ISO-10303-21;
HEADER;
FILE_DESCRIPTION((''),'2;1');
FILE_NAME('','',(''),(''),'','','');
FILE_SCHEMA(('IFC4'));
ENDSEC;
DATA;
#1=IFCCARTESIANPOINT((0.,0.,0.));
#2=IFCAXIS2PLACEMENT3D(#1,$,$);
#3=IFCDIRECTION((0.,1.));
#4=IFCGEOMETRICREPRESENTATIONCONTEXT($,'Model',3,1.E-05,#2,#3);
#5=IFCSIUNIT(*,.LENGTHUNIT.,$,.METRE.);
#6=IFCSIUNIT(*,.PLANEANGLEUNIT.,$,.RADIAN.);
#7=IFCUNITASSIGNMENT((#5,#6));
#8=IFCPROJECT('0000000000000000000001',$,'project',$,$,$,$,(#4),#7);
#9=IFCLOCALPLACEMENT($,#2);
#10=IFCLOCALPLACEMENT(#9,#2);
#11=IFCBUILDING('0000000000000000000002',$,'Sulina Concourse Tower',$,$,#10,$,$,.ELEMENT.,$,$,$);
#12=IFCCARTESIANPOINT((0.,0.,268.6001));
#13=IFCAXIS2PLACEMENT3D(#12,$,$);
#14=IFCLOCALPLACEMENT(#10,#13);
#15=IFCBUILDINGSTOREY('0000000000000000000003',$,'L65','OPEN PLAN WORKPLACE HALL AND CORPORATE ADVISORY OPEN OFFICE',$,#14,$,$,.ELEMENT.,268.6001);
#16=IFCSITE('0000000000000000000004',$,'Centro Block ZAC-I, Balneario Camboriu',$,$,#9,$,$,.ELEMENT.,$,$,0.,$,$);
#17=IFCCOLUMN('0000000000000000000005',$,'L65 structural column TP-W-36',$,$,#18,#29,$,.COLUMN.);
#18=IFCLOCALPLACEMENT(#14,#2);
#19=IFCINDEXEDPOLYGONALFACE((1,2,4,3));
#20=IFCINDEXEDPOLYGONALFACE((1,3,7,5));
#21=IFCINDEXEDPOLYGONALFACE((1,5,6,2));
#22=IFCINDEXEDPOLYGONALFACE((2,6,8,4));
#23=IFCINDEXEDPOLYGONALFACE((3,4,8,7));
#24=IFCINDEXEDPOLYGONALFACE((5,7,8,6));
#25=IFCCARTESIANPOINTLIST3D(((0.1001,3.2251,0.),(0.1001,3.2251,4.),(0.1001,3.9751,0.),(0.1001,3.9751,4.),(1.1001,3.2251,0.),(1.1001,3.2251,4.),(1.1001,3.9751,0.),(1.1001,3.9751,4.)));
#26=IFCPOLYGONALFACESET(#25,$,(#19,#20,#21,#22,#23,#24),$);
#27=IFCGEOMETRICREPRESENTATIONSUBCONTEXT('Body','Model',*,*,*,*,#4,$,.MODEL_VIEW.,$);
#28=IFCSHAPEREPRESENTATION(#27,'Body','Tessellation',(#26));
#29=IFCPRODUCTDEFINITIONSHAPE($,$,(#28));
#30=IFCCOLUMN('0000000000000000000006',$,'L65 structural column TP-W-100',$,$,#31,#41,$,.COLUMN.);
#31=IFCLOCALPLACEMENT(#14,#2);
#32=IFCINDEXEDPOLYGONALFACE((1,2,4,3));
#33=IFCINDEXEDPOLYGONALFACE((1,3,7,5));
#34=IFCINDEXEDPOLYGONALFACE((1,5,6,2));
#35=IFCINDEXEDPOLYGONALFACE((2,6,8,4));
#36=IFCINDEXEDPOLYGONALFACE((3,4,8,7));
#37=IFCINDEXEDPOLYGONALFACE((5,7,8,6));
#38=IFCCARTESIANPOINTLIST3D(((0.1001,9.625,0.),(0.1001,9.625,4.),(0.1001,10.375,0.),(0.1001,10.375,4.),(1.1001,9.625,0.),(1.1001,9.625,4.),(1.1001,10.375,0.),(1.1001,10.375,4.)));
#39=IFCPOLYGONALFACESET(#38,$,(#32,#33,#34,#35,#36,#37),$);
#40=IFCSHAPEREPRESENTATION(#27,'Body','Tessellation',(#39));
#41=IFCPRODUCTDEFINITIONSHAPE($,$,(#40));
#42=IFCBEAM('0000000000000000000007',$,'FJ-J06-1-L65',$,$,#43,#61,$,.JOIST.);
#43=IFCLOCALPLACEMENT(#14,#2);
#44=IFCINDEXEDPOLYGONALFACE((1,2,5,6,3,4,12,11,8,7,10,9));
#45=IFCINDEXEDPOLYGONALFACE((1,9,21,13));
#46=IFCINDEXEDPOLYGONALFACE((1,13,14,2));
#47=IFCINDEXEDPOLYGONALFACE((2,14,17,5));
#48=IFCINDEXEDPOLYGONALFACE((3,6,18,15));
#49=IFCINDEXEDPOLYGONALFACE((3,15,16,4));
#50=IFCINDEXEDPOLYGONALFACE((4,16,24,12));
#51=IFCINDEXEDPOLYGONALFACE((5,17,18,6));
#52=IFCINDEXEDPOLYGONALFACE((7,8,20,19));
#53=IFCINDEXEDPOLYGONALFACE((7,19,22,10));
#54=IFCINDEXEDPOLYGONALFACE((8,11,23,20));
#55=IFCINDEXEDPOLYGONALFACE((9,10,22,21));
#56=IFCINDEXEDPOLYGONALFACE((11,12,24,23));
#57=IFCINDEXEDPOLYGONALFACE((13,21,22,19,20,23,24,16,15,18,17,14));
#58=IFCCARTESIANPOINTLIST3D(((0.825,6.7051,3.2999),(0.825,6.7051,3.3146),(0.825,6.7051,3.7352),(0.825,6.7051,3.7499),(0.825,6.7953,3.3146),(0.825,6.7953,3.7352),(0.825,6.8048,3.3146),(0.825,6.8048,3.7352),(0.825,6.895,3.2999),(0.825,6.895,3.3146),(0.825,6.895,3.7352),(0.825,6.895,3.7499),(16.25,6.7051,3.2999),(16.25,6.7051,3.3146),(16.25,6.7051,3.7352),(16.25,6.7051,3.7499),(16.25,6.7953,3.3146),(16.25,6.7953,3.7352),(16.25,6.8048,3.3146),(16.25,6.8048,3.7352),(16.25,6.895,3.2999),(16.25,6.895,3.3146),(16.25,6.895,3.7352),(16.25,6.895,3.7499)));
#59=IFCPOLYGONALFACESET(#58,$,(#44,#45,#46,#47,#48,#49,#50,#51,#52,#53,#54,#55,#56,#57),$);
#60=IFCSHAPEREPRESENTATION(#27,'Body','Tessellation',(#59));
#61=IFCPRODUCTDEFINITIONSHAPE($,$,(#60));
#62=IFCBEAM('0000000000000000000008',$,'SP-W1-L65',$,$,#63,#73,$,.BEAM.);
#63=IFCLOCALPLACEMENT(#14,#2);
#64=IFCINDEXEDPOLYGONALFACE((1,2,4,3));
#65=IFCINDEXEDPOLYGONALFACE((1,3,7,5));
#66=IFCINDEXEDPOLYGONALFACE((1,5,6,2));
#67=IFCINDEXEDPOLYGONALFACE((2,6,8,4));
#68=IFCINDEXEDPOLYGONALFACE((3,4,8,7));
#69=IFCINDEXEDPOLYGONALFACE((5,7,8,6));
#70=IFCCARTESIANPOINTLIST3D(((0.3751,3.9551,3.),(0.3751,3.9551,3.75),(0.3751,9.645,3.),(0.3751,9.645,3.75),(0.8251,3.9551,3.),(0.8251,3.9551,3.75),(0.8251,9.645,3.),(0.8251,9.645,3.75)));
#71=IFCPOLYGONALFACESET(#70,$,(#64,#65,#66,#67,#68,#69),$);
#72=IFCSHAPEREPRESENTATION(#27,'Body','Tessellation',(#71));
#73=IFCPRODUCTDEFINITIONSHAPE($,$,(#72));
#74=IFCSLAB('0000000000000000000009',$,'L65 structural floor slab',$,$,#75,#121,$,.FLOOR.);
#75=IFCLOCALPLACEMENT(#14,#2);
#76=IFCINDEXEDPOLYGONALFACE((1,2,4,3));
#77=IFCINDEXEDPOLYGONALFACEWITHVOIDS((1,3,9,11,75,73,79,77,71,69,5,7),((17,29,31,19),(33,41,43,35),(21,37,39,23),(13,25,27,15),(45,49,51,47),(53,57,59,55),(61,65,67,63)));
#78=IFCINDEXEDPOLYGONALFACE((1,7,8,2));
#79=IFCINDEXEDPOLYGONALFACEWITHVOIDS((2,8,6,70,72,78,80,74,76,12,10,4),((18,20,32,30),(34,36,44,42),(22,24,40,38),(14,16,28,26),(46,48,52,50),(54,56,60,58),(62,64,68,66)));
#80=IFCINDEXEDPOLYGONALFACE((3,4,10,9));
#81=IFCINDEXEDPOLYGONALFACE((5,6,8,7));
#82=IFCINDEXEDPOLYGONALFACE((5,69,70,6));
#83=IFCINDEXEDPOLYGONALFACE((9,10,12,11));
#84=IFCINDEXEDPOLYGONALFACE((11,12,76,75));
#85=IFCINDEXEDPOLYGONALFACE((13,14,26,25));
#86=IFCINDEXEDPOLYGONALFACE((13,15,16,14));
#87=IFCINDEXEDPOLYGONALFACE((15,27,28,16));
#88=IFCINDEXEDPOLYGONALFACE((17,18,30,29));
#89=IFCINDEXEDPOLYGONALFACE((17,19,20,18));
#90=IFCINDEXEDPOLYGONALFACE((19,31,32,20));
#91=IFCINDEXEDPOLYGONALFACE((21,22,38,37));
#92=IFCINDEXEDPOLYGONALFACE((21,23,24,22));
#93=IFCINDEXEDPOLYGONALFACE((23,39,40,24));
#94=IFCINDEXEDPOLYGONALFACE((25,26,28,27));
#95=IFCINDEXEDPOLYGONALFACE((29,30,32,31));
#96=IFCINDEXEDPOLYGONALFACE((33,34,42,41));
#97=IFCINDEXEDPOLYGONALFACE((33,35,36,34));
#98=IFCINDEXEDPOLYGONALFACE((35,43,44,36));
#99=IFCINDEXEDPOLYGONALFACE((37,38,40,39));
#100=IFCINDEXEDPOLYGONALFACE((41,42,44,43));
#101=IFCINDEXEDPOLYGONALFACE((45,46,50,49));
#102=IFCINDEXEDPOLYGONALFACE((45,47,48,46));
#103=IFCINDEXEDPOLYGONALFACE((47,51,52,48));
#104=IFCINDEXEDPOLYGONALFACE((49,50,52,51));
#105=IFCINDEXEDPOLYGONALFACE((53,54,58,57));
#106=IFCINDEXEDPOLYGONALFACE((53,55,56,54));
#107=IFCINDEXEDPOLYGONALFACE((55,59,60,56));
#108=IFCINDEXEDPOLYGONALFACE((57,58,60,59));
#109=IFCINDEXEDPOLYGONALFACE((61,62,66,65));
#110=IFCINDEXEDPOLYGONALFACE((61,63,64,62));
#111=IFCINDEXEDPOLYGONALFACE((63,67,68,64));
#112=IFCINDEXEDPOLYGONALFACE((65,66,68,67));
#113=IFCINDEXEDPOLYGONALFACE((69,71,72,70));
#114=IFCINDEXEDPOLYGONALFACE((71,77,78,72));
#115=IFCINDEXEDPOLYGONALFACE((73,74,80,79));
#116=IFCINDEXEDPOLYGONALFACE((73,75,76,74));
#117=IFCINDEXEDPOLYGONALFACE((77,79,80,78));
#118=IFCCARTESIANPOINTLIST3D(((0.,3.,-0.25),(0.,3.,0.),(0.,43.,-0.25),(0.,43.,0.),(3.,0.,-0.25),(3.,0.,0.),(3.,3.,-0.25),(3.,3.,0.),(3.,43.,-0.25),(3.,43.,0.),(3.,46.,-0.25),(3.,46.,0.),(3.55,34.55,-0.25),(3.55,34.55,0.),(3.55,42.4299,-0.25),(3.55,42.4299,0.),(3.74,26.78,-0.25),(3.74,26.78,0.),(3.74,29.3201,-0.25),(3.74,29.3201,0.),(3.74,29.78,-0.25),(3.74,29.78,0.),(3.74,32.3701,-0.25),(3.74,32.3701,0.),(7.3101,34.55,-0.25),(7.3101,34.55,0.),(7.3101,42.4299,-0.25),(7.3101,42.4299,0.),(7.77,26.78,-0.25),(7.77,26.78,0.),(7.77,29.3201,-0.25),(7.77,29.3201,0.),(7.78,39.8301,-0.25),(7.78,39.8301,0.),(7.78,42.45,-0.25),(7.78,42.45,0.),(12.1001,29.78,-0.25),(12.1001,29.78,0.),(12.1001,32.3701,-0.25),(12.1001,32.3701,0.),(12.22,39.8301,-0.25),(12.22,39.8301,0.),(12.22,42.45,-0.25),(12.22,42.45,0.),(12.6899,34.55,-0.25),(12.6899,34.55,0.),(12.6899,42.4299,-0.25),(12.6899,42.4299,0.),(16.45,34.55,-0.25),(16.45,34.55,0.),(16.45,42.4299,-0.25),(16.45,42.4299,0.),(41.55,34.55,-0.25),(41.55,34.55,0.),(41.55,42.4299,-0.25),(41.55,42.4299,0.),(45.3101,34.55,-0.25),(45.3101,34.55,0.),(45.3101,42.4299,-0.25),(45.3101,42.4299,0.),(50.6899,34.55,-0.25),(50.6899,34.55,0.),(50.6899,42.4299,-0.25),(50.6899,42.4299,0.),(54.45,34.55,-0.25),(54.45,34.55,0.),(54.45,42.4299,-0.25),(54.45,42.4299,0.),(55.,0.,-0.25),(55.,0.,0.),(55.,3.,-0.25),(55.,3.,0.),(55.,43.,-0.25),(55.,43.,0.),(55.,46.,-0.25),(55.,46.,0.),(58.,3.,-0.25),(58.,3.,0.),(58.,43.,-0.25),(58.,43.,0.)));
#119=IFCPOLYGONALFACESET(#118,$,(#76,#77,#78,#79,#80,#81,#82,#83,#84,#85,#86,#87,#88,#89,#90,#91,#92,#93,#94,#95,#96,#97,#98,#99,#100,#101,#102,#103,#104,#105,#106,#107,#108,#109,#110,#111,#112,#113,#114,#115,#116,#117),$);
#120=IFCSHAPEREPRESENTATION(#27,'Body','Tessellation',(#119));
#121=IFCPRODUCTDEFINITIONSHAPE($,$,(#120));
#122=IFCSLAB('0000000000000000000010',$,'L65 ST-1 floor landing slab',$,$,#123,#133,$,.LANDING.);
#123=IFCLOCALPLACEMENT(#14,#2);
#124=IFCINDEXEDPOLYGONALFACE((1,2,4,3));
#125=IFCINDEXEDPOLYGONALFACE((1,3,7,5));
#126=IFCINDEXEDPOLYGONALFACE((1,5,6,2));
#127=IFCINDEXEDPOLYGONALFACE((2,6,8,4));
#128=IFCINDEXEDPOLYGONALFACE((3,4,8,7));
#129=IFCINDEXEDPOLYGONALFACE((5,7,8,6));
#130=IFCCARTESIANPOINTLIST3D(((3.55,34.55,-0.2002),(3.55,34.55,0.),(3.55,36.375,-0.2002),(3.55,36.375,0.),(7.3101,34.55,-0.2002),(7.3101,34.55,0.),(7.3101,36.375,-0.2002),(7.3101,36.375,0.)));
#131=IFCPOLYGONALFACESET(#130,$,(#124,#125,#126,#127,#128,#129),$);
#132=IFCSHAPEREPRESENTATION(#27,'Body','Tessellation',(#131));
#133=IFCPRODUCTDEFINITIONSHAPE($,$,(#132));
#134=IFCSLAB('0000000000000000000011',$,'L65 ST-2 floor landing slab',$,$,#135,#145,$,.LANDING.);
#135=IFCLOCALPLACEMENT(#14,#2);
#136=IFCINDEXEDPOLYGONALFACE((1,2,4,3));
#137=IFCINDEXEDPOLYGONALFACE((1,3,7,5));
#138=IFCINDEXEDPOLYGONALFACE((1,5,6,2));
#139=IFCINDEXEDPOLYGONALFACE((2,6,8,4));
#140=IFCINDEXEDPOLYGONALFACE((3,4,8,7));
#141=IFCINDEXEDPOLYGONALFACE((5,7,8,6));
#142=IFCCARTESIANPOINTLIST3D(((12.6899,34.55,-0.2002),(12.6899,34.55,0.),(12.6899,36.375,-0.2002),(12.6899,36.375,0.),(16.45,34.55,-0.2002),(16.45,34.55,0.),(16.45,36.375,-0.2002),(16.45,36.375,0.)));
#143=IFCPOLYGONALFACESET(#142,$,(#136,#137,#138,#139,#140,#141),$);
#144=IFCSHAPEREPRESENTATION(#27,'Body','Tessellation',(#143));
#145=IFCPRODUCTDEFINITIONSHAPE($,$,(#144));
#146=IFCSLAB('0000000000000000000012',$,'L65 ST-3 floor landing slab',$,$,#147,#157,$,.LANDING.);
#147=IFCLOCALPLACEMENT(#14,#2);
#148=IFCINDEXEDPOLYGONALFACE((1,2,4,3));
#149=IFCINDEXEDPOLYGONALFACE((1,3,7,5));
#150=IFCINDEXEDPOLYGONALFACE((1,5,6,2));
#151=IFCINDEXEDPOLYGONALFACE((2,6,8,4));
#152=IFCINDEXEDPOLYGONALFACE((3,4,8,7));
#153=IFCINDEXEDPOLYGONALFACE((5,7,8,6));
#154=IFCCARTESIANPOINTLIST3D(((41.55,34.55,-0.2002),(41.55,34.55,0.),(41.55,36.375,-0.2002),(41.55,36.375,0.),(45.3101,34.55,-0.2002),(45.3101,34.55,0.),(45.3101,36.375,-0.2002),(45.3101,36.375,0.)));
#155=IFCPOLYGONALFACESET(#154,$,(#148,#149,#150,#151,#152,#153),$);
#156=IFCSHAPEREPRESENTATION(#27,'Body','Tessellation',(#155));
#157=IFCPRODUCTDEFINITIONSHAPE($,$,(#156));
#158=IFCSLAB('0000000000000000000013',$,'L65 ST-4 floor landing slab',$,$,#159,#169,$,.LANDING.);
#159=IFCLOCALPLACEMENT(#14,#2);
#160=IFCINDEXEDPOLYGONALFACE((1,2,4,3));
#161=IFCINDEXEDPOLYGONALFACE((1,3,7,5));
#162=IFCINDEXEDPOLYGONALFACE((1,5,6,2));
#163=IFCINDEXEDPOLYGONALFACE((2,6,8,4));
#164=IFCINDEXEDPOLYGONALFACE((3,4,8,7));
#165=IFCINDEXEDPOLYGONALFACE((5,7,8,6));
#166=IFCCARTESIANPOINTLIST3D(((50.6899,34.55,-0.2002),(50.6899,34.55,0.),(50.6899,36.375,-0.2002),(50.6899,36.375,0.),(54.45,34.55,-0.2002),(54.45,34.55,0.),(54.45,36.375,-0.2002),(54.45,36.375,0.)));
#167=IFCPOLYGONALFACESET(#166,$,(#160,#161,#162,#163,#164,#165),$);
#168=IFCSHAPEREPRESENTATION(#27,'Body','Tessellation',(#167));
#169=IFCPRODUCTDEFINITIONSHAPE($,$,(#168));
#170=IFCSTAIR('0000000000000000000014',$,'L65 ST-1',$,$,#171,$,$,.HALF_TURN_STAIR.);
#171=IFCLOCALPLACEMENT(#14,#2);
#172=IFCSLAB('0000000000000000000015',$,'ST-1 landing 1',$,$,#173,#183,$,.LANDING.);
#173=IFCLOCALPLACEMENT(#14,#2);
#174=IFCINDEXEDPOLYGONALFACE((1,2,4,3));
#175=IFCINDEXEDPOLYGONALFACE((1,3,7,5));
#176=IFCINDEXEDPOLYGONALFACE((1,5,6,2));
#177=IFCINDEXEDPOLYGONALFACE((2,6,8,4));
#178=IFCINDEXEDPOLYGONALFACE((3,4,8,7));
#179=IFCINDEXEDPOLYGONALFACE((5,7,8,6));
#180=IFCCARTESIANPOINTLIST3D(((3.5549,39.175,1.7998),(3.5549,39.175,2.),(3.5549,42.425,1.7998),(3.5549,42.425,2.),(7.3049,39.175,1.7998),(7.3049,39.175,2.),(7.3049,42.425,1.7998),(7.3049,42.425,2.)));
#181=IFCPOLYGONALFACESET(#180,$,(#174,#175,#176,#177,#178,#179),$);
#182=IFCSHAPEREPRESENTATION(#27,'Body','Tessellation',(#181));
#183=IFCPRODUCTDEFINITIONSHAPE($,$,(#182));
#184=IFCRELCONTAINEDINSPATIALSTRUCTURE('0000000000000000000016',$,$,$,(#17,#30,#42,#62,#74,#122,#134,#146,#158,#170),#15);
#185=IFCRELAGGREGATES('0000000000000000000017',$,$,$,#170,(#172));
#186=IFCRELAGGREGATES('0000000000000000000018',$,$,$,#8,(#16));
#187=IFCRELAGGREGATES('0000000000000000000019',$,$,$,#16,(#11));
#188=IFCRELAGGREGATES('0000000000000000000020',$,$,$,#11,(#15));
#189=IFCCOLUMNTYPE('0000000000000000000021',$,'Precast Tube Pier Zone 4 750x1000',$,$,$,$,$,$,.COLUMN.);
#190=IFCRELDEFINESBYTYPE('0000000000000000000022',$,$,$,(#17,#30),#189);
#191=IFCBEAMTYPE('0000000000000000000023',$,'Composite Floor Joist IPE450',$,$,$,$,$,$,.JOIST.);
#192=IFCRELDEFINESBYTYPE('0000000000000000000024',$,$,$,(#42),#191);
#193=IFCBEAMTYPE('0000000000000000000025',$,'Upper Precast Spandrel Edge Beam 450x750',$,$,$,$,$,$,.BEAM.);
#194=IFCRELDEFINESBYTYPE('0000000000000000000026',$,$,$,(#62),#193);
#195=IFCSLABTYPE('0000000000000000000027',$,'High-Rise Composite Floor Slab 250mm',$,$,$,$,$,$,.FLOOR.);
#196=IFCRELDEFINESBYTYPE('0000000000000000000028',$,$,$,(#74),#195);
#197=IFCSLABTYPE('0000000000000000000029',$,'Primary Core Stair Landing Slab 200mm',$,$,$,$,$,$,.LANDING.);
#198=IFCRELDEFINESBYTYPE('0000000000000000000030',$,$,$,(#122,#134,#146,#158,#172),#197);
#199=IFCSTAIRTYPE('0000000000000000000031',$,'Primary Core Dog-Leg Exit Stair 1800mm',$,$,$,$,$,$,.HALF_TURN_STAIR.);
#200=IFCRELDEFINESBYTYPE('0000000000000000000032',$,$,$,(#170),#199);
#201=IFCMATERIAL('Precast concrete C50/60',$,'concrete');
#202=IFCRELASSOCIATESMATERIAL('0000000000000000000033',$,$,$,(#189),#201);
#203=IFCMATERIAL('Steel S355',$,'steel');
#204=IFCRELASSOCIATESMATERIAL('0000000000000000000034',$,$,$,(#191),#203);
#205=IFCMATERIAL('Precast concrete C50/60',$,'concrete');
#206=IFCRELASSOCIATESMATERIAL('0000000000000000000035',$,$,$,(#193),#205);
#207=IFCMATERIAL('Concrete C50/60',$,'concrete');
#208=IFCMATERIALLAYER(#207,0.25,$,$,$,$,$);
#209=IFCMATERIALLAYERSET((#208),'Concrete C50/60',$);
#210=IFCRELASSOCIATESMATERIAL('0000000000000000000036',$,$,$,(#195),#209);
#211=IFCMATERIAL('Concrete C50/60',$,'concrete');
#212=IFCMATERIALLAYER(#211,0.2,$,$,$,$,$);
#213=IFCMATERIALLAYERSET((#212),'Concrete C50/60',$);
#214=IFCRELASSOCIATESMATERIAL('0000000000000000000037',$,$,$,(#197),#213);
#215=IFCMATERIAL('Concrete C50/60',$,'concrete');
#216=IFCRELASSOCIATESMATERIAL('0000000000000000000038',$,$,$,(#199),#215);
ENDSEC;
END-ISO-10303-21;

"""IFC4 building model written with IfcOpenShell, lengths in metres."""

from ifc_helpers import new_model, si_unit, direction, frame, origin, origin_2d, place, context, subcontext, project, spatial, polyline, rectangle, i_section, outline, extrude, material, layer, layer_set, material_profile, profile_set, type_object, element, aggregate, save


model = new_model("IFC4")

# Units and contexts
model_context = context("Model", 3, precision=1e-05, world=origin(), true_north=direction((0.0, 1.0)))
body_context = subcontext(model_context, "Body", "Model", "MODEL_VIEW")
ifc_project = project(units=[si_unit("LENGTHUNIT", "METRE"), si_unit("PLANEANGLEUNIT", "RADIAN")], contexts=[model_context])

# Site, building, storey
site_placement = place(None, origin())
site = spatial("IfcSite", under=ifc_project, at=site_placement, Name="Centro Block ZAC-I, Balneario Camboriu", CompositionType="ELEMENT", RefElevation=0.0)
building_placement = place(site_placement, origin())
building = spatial("IfcBuilding", under=site, at=building_placement, Name="Sulina Concourse Tower", CompositionType="ELEMENT")
storey_placement = place(building_placement, frame((0.0, 0.0, 268.6001)))
storey = spatial("IfcBuildingStorey", under=building, at=storey_placement, Name="L65", Description="OPEN PLAN WORKPLACE HALL AND CORPORATE ADVISORY OPEN OFFICE", CompositionType="ELEMENT", Elevation=268.6001)

# Columns
ifc_material_1 = material(Name="Precast concrete C50/60", Category="concrete")
ifc_material_profile_1 = material_profile(ifc_material_1, rectangle(XDim=0.75, YDim=1.0, at=origin_2d()), Name="PC 750x1000")
ifc_profile_set_1 = profile_set([ifc_material_profile_1], Name="Precast concrete C50/60")
column_type = type_object("IfcColumnType", Name="Precast Tube Pier Zone 4 750x1000", PredefinedType="COLUMN", material=ifc_profile_set_1)
for number, where, z_axis, x_axis, name in (
    (1, (0.6001, 3.6001, 0.0), (0.0, 0.0, 1.0), (0.0, 1.0, 0.0), "L65 structural column TP-W-36"),
    (2, (0.6001, 10.0, 0.0), (0.0, 0.0, 1.0), (0.0, 1.0, 0.0), "L65 structural column TP-W-100"),
):
    element("IfcColumn", number, at=place(storey_placement, frame(where, z_axis=z_axis, x_axis=x_axis)), inside=storey, type_object=column_type, Name=name, PredefinedType="COLUMN", context=body_context, shape_type="SweptSolid", body=[
        extrude(rectangle(XDim=0.75, YDim=1.0, at=origin_2d()), origin(), (0.0, 0.0, 1.0), 4.0),
    ])

# Beams
ifc_material_2 = material(Name="Steel S355", Category="steel")
ifc_material_profile_2 = material_profile(ifc_material_2, i_section(OverallWidth=0.1899, OverallDepth=0.45, WebThickness=0.0095, FlangeThickness=0.0146, at=origin_2d()), Name="IPE 450")
ifc_profile_set_2 = profile_set([ifc_material_profile_2], Name="Steel S355")
beam_type_1 = type_object("IfcBeamType", Name="Composite Floor Joist IPE450", PredefinedType="JOIST", material=ifc_profile_set_2)
beam_1_placement = place(storey_placement, frame((0.825, 6.8, 3.5249), z_axis=(1.0, 0.0, 0.0), x_axis=(0.0, 1.0, 0.0)))
element("IfcBeam", 3, at=beam_1_placement, inside=storey, type_object=beam_type_1, Name="FJ-J06-1-L65", PredefinedType="JOIST", context=body_context, shape_type="SweptSolid", body=[
    extrude(i_section(OverallWidth=0.1899, OverallDepth=0.45, WebThickness=0.0095, FlangeThickness=0.0146, at=origin_2d()), origin(), (0.0, 0.0, 1.0), 15.425),
])
ifc_material_3 = material(Name="Precast concrete C50/60", Category="concrete")
ifc_material_profile_3 = material_profile(ifc_material_3, rectangle(XDim=0.45, YDim=0.75, at=origin_2d()), Name="RC 450x750")
ifc_profile_set_3 = profile_set([ifc_material_profile_3], Name="Precast concrete C50/60")
beam_type_2 = type_object("IfcBeamType", Name="Upper Precast Spandrel Edge Beam 450x750", PredefinedType="BEAM", material=ifc_profile_set_3)
beam_2_placement = place(storey_placement, frame((0.6001, 3.9551, 3.375), z_axis=(0.0, 1.0, 0.0), x_axis=(-1.0, 0.0, 0.0)))
element("IfcBeam", 4, at=beam_2_placement, inside=storey, type_object=beam_type_2, Name="SP-W1-L65", PredefinedType="BEAM", context=body_context, shape_type="SweptSolid", body=[
    extrude(rectangle(XDim=0.45, YDim=0.75, at=origin_2d()), origin(), (0.0, 0.0, 1.0), 5.6899),
])

# Slabs
ifc_material_4 = material(Name="Concrete C50/60", Category="concrete")
ifc_layer_1 = layer(ifc_material_4, 0.25)
ifc_layer_set_1 = layer_set([ifc_layer_1], Name="Concrete C50/60")
slab_type_1 = type_object("IfcSlabType", Name="High-Rise Composite Floor Slab 250mm", PredefinedType="FLOOR", material=ifc_layer_set_1)
slab_1_placement = place(storey_placement, frame((0.0, 0.0, -0.25)))
element("IfcSlab", 5, at=slab_1_placement, inside=storey, type_object=slab_type_1, Name="L65 structural floor slab", PredefinedType="FLOOR", context=body_context, shape_type="SweptSolid", body=[
    extrude(outline(polyline([(3.0, 0.0), (55.0, 0.0), (55.0, 3.0), (58.0, 3.0), (58.0, 43.0), (55.0, 43.0), (55.0, 46.0), (3.0, 46.0), (3.0, 43.0), (0.0, 43.0), (0.0, 3.0), (3.0, 3.0), (3.0, 0.0)]), holes=[polyline([(7.3101, 34.55), (7.3101, 42.4299), (3.55, 42.4299), (3.55, 34.55), (7.3101, 34.55)]), polyline([(16.45, 34.55), (16.45, 42.4299), (12.6899, 42.4299), (12.6899, 34.55), (16.45, 34.55)]), polyline([(45.3101, 34.55), (45.3101, 42.4299), (41.55, 42.4299), (41.55, 34.55), (45.3101, 34.55)]), polyline([(54.45, 34.55), (54.45, 42.4299), (50.6899, 42.4299), (50.6899, 34.55), (54.45, 34.55)]), polyline([(7.78, 39.8301), (12.22, 39.8301), (12.22, 42.45), (7.78, 42.45), (7.78, 39.8301)]), polyline([(3.74, 26.78), (7.77, 26.78), (7.77, 29.3201), (3.74, 29.3201), (3.74, 26.78)]), polyline([(3.74, 29.78), (12.1001, 29.78), (12.1001, 32.3701), (3.74, 32.3701), (3.74, 29.78)])]), origin(), (0.0, 0.0, 1.0), 0.25),
])
ifc_material_5 = material(Name="Concrete C50/60", Category="concrete")
ifc_layer_2 = layer(ifc_material_5, 0.2)
ifc_layer_set_2 = layer_set([ifc_layer_2], Name="Concrete C50/60")
slab_type_2 = type_object("IfcSlabType", Name="Primary Core Stair Landing Slab 200mm", PredefinedType="LANDING", material=ifc_layer_set_2)
slab_2_placement = place(storey_placement, frame((0.0, 0.0, -0.2002)))
element("IfcSlab", 6, at=slab_2_placement, inside=storey, type_object=slab_type_2, Name="L65 ST-1 floor landing slab", PredefinedType="LANDING", context=body_context, shape_type="SweptSolid", body=[
    extrude(outline(polyline([(7.3101, 34.55), (7.3101, 36.375), (3.55, 36.375), (3.55, 34.55), (7.3101, 34.55)])), origin(), (0.0, 0.0, 1.0), 0.2002),
])
slab_3_placement = place(storey_placement, frame((0.0, 0.0, -0.2002)))
element("IfcSlab", 7, at=slab_3_placement, inside=storey, type_object=slab_type_2, Name="L65 ST-2 floor landing slab", PredefinedType="LANDING", context=body_context, shape_type="SweptSolid", body=[
    extrude(outline(polyline([(16.45, 34.55), (16.45, 36.375), (12.6899, 36.375), (12.6899, 34.55), (16.45, 34.55)])), origin(), (0.0, 0.0, 1.0), 0.2002),
])
slab_4_placement = place(storey_placement, frame((0.0, 0.0, -0.2002)))
element("IfcSlab", 8, at=slab_4_placement, inside=storey, type_object=slab_type_2, Name="L65 ST-3 floor landing slab", PredefinedType="LANDING", context=body_context, shape_type="SweptSolid", body=[
    extrude(outline(polyline([(45.3101, 34.55), (45.3101, 36.375), (41.55, 36.375), (41.55, 34.55), (45.3101, 34.55)])), origin(), (0.0, 0.0, 1.0), 0.2002),
])
slab_5_placement = place(storey_placement, frame((0.0, 0.0, -0.2002)))
element("IfcSlab", 9, at=slab_5_placement, inside=storey, type_object=slab_type_2, Name="L65 ST-4 floor landing slab", PredefinedType="LANDING", context=body_context, shape_type="SweptSolid", body=[
    extrude(outline(polyline([(54.45, 34.55), (54.45, 36.375), (50.6899, 36.375), (50.6899, 34.55), (54.45, 34.55)])), origin(), (0.0, 0.0, 1.0), 0.2002),
])

# Stair, slab
ifc_material_6 = material(Name="Concrete C50/60", Category="concrete")
stair_type_1 = type_object("IfcStairType", Name="Primary Core Dog-Leg Exit Stair 1800mm", PredefinedType="HALF_TURN_STAIR", material=ifc_material_6)
stair_1_placement = place(storey_placement, origin())
stair_1 = element("IfcStair", 10, at=stair_1_placement, inside=storey, type_object=stair_type_1, Name="L65 ST-1", PredefinedType="HALF_TURN_STAIR")
slab_6_placement = place(storey_placement, frame((0.0, 0.0, 1.7998)))
slab_6 = element("IfcSlab", 11, at=slab_6_placement, type_object=slab_type_2, Name="ST-1 landing 1", PredefinedType="LANDING", context=body_context, shape_type="SweptSolid", body=[
    extrude(outline(polyline([(7.3049, 39.175), (7.3049, 42.425), (3.5549, 42.425), (3.5549, 39.175), (7.3049, 39.175)])), origin(), (0.0, 0.0, 1.0), 0.2002),
])
aggregate(stair_1, [slab_6])

save(model, "model.ifc")
